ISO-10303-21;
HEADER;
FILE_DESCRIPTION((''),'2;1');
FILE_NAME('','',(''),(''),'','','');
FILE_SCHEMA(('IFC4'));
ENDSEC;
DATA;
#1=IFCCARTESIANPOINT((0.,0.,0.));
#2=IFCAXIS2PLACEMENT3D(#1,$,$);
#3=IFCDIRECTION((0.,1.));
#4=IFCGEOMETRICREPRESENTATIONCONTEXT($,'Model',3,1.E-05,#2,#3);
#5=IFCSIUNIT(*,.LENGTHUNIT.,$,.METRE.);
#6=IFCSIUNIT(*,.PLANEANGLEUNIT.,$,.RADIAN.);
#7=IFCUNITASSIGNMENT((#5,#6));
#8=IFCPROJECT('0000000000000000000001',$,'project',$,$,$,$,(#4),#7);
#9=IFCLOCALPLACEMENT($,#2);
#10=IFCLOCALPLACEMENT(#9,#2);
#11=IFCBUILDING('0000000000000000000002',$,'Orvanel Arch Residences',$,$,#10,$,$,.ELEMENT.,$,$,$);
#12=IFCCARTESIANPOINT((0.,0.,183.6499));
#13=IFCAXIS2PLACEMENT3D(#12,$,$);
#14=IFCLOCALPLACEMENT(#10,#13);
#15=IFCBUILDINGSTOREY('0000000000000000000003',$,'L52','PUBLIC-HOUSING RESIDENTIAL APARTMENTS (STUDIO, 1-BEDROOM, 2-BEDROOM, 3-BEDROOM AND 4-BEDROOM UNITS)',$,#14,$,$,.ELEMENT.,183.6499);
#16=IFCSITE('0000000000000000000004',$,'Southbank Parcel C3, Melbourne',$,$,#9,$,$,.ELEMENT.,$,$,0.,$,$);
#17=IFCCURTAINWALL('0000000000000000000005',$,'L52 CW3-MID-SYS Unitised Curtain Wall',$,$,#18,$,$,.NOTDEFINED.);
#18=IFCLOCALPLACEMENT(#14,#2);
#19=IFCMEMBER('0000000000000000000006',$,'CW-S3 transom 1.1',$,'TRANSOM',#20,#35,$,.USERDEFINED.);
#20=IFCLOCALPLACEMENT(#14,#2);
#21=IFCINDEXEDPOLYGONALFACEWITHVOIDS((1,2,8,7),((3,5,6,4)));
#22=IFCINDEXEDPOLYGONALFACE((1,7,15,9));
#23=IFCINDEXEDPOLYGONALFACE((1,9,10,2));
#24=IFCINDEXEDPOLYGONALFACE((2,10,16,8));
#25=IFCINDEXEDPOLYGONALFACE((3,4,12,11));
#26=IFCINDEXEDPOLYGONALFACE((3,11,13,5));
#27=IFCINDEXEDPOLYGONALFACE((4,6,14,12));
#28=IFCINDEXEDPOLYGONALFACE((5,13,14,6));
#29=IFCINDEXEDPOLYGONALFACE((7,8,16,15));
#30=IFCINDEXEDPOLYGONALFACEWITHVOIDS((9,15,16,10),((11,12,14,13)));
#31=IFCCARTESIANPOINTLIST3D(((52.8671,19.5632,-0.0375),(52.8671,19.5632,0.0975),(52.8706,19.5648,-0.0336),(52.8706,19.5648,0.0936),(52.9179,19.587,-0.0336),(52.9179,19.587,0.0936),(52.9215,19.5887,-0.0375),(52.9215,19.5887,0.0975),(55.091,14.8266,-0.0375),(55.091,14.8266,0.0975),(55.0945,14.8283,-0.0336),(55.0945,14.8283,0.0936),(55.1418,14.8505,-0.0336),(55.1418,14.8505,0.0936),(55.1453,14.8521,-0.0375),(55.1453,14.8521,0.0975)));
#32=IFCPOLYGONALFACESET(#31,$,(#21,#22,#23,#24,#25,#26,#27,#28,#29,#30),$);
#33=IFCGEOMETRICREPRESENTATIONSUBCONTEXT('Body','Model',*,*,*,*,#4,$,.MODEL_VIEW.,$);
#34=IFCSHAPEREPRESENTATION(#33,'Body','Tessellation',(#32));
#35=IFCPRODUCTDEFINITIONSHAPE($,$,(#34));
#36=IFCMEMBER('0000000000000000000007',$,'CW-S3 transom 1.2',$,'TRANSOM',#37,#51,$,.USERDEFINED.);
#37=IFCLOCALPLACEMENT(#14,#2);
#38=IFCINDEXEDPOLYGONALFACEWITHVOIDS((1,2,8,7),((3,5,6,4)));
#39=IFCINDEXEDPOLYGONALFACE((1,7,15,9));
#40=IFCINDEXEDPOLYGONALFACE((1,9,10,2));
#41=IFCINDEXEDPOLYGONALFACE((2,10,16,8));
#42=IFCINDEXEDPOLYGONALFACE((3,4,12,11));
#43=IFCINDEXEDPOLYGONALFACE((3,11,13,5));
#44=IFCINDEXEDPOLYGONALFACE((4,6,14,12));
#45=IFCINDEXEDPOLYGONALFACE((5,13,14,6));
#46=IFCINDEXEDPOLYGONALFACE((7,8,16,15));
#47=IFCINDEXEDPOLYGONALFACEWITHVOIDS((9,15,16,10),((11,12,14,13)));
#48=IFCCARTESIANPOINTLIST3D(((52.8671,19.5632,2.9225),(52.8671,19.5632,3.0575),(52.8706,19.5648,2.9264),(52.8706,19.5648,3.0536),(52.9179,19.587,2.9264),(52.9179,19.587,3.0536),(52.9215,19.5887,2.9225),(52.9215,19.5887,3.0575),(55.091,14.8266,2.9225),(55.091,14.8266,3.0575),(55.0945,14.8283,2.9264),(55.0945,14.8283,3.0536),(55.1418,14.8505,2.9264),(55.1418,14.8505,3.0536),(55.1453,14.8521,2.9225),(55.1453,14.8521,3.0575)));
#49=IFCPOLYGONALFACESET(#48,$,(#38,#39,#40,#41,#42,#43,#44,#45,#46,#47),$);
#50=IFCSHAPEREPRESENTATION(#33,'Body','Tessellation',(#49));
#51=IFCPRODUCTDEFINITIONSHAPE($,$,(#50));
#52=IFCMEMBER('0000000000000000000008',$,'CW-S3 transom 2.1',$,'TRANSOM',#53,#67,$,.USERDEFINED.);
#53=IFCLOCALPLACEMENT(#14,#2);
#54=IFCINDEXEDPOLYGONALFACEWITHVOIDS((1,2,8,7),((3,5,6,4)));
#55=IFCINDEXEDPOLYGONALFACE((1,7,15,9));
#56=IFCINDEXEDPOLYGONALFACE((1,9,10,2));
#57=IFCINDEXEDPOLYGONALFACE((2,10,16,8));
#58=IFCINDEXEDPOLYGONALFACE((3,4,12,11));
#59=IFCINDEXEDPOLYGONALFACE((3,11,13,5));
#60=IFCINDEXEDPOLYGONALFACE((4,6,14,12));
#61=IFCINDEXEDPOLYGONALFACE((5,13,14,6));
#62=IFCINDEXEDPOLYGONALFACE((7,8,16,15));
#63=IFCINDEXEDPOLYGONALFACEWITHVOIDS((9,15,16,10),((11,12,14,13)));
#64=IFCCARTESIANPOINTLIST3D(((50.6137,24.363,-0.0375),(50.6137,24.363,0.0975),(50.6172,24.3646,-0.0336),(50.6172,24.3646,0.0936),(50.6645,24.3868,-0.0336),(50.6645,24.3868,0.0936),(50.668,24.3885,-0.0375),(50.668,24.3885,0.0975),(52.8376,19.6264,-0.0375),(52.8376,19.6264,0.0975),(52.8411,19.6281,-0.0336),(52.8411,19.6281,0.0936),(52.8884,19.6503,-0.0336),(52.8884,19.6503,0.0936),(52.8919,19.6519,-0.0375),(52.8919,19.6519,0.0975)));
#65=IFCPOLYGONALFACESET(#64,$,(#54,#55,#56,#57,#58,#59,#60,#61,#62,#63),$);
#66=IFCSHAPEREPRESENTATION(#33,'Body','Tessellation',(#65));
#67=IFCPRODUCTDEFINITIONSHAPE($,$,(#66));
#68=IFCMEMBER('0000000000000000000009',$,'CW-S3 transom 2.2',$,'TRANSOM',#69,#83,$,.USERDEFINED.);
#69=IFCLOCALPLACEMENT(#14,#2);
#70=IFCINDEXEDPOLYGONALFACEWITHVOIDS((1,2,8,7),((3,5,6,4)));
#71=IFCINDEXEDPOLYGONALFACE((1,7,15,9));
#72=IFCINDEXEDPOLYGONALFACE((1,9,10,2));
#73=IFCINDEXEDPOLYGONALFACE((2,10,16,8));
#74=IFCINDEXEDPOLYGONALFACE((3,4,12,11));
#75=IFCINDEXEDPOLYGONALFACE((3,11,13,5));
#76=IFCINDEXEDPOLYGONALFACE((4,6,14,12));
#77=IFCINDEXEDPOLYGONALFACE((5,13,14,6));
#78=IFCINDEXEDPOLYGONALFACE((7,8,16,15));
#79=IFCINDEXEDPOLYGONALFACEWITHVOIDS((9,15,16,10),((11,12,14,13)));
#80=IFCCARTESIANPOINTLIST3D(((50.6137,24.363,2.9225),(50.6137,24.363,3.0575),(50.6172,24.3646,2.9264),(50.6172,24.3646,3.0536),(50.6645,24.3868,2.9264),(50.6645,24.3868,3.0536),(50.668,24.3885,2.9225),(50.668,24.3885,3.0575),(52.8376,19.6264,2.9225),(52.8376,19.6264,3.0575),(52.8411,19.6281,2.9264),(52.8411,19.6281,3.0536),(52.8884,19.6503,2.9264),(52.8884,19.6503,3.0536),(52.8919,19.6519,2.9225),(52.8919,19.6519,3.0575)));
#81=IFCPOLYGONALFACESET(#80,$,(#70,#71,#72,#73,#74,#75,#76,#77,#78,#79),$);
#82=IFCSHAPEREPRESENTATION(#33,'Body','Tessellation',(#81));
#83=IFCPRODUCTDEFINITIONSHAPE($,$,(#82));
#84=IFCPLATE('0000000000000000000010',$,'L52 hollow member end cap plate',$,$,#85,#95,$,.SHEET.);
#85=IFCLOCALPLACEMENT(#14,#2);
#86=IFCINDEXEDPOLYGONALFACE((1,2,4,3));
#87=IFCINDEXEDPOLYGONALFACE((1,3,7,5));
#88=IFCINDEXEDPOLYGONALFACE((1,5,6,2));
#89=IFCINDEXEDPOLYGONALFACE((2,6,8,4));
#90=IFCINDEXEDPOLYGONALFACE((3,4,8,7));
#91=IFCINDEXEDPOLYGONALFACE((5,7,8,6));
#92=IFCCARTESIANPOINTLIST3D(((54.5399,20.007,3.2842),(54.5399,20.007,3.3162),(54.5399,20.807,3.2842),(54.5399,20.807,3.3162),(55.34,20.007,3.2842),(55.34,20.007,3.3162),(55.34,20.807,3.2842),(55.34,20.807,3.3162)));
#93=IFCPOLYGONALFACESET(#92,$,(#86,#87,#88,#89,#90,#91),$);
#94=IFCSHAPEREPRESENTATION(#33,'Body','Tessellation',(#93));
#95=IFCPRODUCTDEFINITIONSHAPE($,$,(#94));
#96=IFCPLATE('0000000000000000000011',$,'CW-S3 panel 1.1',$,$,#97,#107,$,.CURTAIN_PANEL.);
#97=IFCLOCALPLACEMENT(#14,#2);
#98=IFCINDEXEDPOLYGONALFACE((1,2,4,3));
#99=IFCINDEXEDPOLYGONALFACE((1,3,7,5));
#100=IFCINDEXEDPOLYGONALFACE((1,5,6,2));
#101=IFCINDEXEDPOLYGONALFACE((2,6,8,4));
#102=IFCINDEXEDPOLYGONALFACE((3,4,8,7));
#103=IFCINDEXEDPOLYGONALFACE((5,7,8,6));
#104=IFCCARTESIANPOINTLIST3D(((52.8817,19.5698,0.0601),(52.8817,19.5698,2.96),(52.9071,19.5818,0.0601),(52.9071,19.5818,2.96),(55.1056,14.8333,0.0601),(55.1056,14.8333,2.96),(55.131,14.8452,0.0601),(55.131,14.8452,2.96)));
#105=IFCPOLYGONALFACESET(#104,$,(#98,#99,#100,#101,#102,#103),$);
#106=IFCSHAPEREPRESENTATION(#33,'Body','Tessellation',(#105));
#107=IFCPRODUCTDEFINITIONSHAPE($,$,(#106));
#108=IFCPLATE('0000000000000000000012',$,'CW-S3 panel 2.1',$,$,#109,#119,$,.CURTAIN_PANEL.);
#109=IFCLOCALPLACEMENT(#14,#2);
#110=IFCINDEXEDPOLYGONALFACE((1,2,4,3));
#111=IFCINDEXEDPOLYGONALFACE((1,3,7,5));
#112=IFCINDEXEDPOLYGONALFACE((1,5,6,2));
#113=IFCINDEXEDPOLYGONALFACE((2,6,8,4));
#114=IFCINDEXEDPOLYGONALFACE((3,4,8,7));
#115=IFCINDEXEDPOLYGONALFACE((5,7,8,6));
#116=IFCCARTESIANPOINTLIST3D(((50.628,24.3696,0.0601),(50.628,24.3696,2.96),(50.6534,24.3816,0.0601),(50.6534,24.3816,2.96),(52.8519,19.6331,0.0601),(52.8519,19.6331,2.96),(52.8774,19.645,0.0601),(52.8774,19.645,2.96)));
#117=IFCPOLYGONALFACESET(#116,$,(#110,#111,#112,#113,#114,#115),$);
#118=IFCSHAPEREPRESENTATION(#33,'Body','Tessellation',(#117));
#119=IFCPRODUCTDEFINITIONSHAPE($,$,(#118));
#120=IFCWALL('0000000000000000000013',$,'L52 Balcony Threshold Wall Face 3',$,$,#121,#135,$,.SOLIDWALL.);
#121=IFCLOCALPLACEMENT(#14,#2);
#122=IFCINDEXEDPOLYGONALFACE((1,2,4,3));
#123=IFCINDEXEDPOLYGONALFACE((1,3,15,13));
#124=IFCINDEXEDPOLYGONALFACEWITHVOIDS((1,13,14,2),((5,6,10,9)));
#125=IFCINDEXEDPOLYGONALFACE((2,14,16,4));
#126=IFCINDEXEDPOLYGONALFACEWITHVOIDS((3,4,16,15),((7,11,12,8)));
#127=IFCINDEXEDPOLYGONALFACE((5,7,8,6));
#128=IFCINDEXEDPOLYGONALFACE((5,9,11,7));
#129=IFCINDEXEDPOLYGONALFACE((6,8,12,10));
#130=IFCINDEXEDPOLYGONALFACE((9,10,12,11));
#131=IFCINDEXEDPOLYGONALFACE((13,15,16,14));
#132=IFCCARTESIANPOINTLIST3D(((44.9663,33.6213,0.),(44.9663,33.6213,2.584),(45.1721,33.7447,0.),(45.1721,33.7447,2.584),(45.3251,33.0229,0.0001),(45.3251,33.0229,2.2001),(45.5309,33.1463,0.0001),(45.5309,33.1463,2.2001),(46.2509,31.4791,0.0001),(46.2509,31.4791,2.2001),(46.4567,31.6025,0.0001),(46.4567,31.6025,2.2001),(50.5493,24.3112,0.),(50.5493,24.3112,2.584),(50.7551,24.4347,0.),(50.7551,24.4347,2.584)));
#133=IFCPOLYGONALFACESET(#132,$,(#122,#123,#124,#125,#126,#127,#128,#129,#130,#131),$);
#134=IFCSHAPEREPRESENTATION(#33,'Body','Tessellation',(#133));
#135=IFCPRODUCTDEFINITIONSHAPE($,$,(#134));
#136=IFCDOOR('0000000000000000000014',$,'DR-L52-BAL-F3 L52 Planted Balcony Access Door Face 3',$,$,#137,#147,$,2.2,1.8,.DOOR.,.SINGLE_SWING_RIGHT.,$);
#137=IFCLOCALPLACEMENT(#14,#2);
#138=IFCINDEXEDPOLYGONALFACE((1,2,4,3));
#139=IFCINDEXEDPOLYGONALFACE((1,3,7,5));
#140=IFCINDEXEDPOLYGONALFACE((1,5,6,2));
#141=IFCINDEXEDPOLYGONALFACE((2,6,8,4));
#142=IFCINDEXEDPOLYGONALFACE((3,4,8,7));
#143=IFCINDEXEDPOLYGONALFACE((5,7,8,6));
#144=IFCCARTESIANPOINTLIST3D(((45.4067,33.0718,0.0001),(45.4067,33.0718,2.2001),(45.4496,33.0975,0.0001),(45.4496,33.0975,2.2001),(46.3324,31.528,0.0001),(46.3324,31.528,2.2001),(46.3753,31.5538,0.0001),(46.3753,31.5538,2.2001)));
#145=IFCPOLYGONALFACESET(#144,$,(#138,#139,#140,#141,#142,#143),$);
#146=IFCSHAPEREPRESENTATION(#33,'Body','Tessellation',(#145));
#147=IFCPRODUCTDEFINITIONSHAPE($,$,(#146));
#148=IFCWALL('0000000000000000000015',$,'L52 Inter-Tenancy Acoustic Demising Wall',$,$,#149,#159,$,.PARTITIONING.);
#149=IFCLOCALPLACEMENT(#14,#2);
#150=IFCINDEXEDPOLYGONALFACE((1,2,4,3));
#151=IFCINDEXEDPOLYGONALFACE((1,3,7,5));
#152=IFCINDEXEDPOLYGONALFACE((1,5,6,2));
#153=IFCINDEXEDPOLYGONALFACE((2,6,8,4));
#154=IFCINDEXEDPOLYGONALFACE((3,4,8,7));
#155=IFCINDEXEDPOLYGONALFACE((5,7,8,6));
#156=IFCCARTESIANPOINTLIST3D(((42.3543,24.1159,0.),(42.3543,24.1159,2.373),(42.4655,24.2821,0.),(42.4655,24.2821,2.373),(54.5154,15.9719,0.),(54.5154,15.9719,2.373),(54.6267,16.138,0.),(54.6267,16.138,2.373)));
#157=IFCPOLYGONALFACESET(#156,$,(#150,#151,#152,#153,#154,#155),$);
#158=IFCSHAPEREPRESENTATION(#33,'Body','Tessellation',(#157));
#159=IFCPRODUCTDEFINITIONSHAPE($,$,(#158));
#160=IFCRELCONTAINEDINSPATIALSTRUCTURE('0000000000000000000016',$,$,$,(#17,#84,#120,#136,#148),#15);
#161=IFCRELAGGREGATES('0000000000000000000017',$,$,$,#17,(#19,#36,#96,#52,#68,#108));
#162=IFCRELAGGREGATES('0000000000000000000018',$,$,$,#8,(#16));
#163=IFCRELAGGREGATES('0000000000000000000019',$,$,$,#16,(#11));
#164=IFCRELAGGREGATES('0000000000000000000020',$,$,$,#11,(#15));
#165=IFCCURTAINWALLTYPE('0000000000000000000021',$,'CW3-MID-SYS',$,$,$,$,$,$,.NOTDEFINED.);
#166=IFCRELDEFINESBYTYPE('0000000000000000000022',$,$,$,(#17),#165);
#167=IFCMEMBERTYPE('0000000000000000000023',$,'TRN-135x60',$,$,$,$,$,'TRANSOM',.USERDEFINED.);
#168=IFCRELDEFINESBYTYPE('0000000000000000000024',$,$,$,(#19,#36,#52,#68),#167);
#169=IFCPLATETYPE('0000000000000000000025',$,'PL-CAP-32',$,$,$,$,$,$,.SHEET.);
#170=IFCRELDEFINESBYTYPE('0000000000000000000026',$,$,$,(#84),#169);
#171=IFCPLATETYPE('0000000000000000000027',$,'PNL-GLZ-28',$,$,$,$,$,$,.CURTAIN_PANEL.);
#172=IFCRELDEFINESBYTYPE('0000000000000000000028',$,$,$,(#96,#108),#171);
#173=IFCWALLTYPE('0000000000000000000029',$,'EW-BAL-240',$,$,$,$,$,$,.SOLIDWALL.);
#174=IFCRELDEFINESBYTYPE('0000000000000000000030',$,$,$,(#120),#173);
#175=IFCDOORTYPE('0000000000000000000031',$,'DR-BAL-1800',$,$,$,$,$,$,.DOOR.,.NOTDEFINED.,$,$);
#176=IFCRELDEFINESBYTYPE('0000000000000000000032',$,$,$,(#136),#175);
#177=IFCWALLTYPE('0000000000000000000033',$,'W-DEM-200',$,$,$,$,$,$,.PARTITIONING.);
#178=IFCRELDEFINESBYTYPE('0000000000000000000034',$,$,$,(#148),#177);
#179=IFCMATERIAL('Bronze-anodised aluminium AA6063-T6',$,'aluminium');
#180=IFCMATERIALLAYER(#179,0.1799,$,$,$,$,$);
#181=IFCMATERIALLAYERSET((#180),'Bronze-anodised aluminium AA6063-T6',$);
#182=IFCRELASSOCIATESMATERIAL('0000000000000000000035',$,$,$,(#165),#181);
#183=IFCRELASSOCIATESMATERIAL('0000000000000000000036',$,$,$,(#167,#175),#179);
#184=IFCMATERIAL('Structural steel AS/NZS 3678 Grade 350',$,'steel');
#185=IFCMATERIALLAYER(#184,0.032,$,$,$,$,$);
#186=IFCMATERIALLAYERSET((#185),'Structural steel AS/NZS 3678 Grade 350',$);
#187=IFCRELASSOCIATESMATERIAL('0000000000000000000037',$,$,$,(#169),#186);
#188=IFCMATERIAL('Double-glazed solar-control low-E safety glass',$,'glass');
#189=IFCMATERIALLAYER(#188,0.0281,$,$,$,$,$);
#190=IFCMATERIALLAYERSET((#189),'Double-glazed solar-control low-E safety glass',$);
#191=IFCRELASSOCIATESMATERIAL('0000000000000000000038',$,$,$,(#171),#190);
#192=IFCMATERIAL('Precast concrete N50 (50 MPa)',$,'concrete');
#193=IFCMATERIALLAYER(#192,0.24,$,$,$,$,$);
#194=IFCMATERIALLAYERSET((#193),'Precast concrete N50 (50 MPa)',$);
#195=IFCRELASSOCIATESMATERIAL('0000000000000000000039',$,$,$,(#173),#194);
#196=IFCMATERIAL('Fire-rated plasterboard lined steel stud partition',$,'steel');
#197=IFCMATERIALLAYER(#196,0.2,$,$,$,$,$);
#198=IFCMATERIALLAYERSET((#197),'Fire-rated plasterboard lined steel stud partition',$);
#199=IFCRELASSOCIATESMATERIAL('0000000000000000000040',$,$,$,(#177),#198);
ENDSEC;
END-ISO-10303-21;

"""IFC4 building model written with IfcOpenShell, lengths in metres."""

from ifc_helpers import new_model, si_unit, direction, frame, frame_2d, origin, origin_2d, place, context, subcontext, project, spatial, rectangle, hollow_rectangle, extrude, material, layer, layer_set, material_profile, profile_set, type_object, element, fill, aggregate, save


model = new_model("IFC4")

# Units and contexts
model_context = context("Model", 3, precision=1e-05, world=origin(), true_north=direction((0.0, 1.0)))
body_context = subcontext(model_context, "Body", "Model", "MODEL_VIEW")
ifc_project = project(units=[si_unit("LENGTHUNIT", "METRE"), si_unit("PLANEANGLEUNIT", "RADIAN")], contexts=[model_context])

# Site, building, storey
site_placement = place(None, origin())
site = spatial("IfcSite", under=ifc_project, at=site_placement, Name="Southbank Parcel C3, Melbourne", CompositionType="ELEMENT", RefElevation=0.0)
building_placement = place(site_placement, origin())
building = spatial("IfcBuilding", under=site, at=building_placement, Name="Orvanel Arch Residences", CompositionType="ELEMENT")
storey_placement = place(building_placement, frame((0.0, 0.0, 183.6499)))
storey = spatial("IfcBuildingStorey", under=building, at=storey_placement, Name="L52", Description="PUBLIC-HOUSING RESIDENTIAL APARTMENTS (STUDIO, 1-BEDROOM, 2-BEDROOM, 3-BEDROOM AND 4-BEDROOM UNITS)", CompositionType="ELEMENT", Elevation=183.6499)

# Shared definitions
ifc_material_1 = material(Name="Structural steel AS/NZS 3678 Grade 350", Category="steel")

# Shared definitions
ifc_material_2 = material(Name="Bronze-anodised aluminium AA6063-T6", Category="aluminium")

# Curtain wall
ifc_layer_1 = layer(ifc_material_2, 0.1799)
ifc_layer_set_1 = layer_set([ifc_layer_1], Name="Bronze-anodised aluminium AA6063-T6")
curtain_wall_type_1 = type_object("IfcCurtainWallType", Name="CW3-MID-SYS", PredefinedType="NOTDEFINED", material=ifc_layer_set_1)
curtain_wall_1_placement = place(storey_placement, origin())
curtain_wall_1 = element("IfcCurtainWall", 1, at=curtain_wall_1_placement, inside=storey, type_object=curtain_wall_type_1, Name="L52 CW3-MID-SYS Unitised Curtain Wall", PredefinedType="NOTDEFINED")

# Members
ifc_material_profile_1 = material_profile(ifc_material_2, hollow_rectangle(XDim=0.0601, YDim=0.135, WallThickness=0.0039, at=origin_2d()), Name="ALU135x60x4")
ifc_profile_set_1 = profile_set([ifc_material_profile_1], Name="Bronze-anodised aluminium AA6063-T6")
member_type_1 = type_object("IfcMemberType", Name="TRN-135x60", ElementType="TRANSOM", PredefinedType="USERDEFINED", material=ifc_profile_set_1)
member_1_placement = place(storey_placement, frame((55.1182, 14.8394, 0.03), z_axis=(-0.424999, 0.905194, 0.0), x_axis=(-0.905194, -0.424999, 0.0)))
member_1 = element("IfcMember", 2, at=member_1_placement, type_object=member_type_1, Name="CW-S3 transom 1.1", ObjectType="TRANSOM", PredefinedType="USERDEFINED", context=body_context, shape_type="SweptSolid", body=[
    extrude(hollow_rectangle(XDim=0.0601, YDim=0.135, WallThickness=0.0039, at=origin_2d()), origin(), (0.0, 0.0, 1.0), 5.2327),
])
member_2_placement = place(storey_placement, frame((55.1182, 14.8394, 2.99), z_axis=(-0.424999, 0.905194, 0.0), x_axis=(-0.905194, -0.424999, 0.0)))
member_2 = element("IfcMember", 3, at=member_2_placement, type_object=member_type_1, Name="CW-S3 transom 1.2", ObjectType="TRANSOM", PredefinedType="USERDEFINED", context=body_context, shape_type="SweptSolid", body=[
    extrude(hollow_rectangle(XDim=0.0601, YDim=0.135, WallThickness=0.0039, at=origin_2d()), origin(), (0.0, 0.0, 1.0), 5.2327),
])
member_3_placement = place(storey_placement, frame((52.8647, 19.6392, 0.03), z_axis=(-0.424999, 0.905194, 0.0), x_axis=(-0.905194, -0.424999, 0.0)))
member_3 = element("IfcMember", 4, at=member_3_placement, type_object=member_type_1, Name="CW-S3 transom 2.1", ObjectType="TRANSOM", PredefinedType="USERDEFINED", context=body_context, shape_type="SweptSolid", body=[
    extrude(hollow_rectangle(XDim=0.0601, YDim=0.135, WallThickness=0.0039, at=origin_2d()), origin(), (0.0, 0.0, 1.0), 5.2327),
])
member_4_placement = place(storey_placement, frame((52.8647, 19.6392, 2.99), z_axis=(-0.424999, 0.905194, 0.0), x_axis=(-0.905194, -0.424999, 0.0)))
member_4 = element("IfcMember", 5, at=member_4_placement, type_object=member_type_1, Name="CW-S3 transom 2.2", ObjectType="TRANSOM", PredefinedType="USERDEFINED", context=body_context, shape_type="SweptSolid", body=[
    extrude(hollow_rectangle(XDim=0.0601, YDim=0.135, WallThickness=0.0039, at=origin_2d()), origin(), (0.0, 0.0, 1.0), 5.2327),
])

# Plates
ifc_layer_2 = layer(ifc_material_1, 0.032)
ifc_layer_set_2 = layer_set([ifc_layer_2], Name="Structural steel AS/NZS 3678 Grade 350")
plate_type_1 = type_object("IfcPlateType", Name="PL-CAP-32", PredefinedType="SHEET", material=ifc_layer_set_2)
plate_1_placement = place(storey_placement, frame((54.9399, 20.407, 3.2842), z_axis=(0.0, 0.0, 1.0), x_axis=(1.0, 0.0, 0.0)))
element("IfcPlate", 6, at=plate_1_placement, inside=storey, type_object=plate_type_1, Name="L52 hollow member end cap plate", PredefinedType="SHEET", context=body_context, shape_type="SweptSolid", body=[
    extrude(rectangle(XDim=0.8, YDim=0.8, at=origin_2d()), origin(), (0.0, 0.0, 1.0), 0.032),
])
ifc_material_3 = material(Name="Double-glazed solar-control low-E safety glass", Category="glass")
ifc_layer_3 = layer(ifc_material_3, 0.0281)
ifc_layer_set_3 = layer_set([ifc_layer_3], Name="Double-glazed solar-control low-E safety glass")
plate_type_2 = type_object("IfcPlateType", Name="PNL-GLZ-28", PredefinedType="CURTAIN_PANEL", material=ifc_layer_set_3)
plate_2_placement = place(storey_placement, frame((54.0063, 17.2075, 0.0601), z_axis=(0.0, 0.0, 1.0), x_axis=(-0.425007, 0.90519, 0.0)))
plate_2 = element("IfcPlate", 7, at=plate_2_placement, type_object=plate_type_2, Name="CW-S3 panel 1.1", PredefinedType="CURTAIN_PANEL", context=body_context, shape_type="SweptSolid", body=[
    extrude(rectangle(XDim=5.2327, YDim=0.0281, at=origin_2d()), origin(), (0.0, 0.0, 1.0), 2.8999),
])
plate_3_placement = place(storey_placement, frame((51.7527, 22.0073, 0.0601), z_axis=(0.0, 0.0, 1.0), x_axis=(-0.425007, 0.90519, 0.0)))
plate_3 = element("IfcPlate", 8, at=plate_3_placement, type_object=plate_type_2, Name="CW-S3 panel 2.1", PredefinedType="CURTAIN_PANEL", context=body_context, shape_type="SweptSolid", body=[
    extrude(rectangle(XDim=5.2327, YDim=0.0281, at=origin_2d()), origin(), (0.0, 0.0, 1.0), 2.8999),
])
aggregate(curtain_wall_1, [member_1, member_2, plate_2, member_3, member_4, plate_3])

# Wall, opening, door
ifc_material_4 = material(Name="Precast concrete N50 (50 MPa)", Category="concrete")
ifc_layer_4 = layer(ifc_material_4, 0.24)
ifc_layer_set_4 = layer_set([ifc_layer_4], Name="Precast concrete N50 (50 MPa)")
wall_type_1 = type_object("IfcWallType", Name="EW-BAL-240", PredefinedType="SOLIDWALL", material=ifc_layer_set_4)
wall_1_placement = place(storey_placement, frame((50.6521, 24.373, 0.0), z_axis=(0.0, 0.0, 1.0), x_axis=(-0.514291, 0.857616, 0.0)))
wall_1 = element("IfcWall", 9, at=wall_1_placement, inside=storey, type_object=wall_type_1, Name="L52 Balcony Threshold Wall Face 3", PredefinedType="SOLIDWALL", context=body_context, shape_type="SweptSolid", body=[
    extrude(rectangle(XDim=10.8557, YDim=0.24, at=frame_2d((5.4277, 0.0))), origin(), (0.0, 0.0, 1.0), 2.584),
])
opening_1_placement = place(wall_1_placement, frame((8.3579, 0.0, 0.0)))
opening_1 = element("IfcOpeningElement", 10, at=opening_1_placement, cuts=wall_1, PredefinedType="OPENING", context=body_context, shape_type="SweptSolid", body=[
    extrude(rectangle(XDim=1.8, YDim=2.2, at=frame_2d((0.8999, 1.1001))), frame((0.0, 0.1299, 0.0), z_axis=(0.0, -1.0, 0.0), x_axis=(1.0, 0.0, 0.0)), (0.0, 0.0, 1.0), 0.26),
])
door_type_1 = type_object("IfcDoorType", Name="DR-BAL-1800", OperationType="NOTDEFINED", PredefinedType="DOOR", material=ifc_material_2)
door_1_placement = place(opening_1_placement, origin())
door_1 = element("IfcDoor", 11, at=door_1_placement, inside=storey, type_object=door_type_1, Name="DR-L52-BAL-F3 L52 Planted Balcony Access Door Face 3", OperationType="SINGLE_SWING_RIGHT", OverallHeight=2.2, OverallWidth=1.8, PredefinedType="DOOR", context=body_context, shape_type="SweptSolid", body=[
    extrude(rectangle(XDim=1.8, YDim=2.2, at=frame_2d((0.8999, 1.1001))), frame((0.0, 0.0249, 0.0), z_axis=(0.0, -1.0, 0.0), x_axis=(1.0, 0.0, 0.0)), (0.0, 0.0, 1.0), 0.05),
])
fill(opening_1, door_1)

# Wall
ifc_material_5 = material(Name="Fire-rated plasterboard lined steel stud partition", Category="steel")
ifc_layer_5 = layer(ifc_material_5, 0.2)
ifc_layer_set_5 = layer_set([ifc_layer_5], Name="Fire-rated plasterboard lined steel stud partition")
wall_type_2 = type_object("IfcWallType", Name="W-DEM-200", PredefinedType="PARTITIONING", material=ifc_layer_set_5)
wall_2_placement = place(storey_placement, frame((54.571, 16.0549, 0.0), z_axis=(0.0, 0.0, 1.0), x_axis=(-0.830894, 0.556431, 0.0)))
element("IfcWall", 12, at=wall_2_placement, inside=storey, type_object=wall_type_2, Name="L52 Inter-Tenancy Acoustic Demising Wall", PredefinedType="PARTITIONING", context=body_context, shape_type="SweptSolid", body=[
    extrude(rectangle(XDim=14.6362, YDim=0.2, at=frame_2d((7.3181, 0.0))), origin(), (0.0, 0.0, 1.0), 2.373),
])

save(model, "model.ifc")
